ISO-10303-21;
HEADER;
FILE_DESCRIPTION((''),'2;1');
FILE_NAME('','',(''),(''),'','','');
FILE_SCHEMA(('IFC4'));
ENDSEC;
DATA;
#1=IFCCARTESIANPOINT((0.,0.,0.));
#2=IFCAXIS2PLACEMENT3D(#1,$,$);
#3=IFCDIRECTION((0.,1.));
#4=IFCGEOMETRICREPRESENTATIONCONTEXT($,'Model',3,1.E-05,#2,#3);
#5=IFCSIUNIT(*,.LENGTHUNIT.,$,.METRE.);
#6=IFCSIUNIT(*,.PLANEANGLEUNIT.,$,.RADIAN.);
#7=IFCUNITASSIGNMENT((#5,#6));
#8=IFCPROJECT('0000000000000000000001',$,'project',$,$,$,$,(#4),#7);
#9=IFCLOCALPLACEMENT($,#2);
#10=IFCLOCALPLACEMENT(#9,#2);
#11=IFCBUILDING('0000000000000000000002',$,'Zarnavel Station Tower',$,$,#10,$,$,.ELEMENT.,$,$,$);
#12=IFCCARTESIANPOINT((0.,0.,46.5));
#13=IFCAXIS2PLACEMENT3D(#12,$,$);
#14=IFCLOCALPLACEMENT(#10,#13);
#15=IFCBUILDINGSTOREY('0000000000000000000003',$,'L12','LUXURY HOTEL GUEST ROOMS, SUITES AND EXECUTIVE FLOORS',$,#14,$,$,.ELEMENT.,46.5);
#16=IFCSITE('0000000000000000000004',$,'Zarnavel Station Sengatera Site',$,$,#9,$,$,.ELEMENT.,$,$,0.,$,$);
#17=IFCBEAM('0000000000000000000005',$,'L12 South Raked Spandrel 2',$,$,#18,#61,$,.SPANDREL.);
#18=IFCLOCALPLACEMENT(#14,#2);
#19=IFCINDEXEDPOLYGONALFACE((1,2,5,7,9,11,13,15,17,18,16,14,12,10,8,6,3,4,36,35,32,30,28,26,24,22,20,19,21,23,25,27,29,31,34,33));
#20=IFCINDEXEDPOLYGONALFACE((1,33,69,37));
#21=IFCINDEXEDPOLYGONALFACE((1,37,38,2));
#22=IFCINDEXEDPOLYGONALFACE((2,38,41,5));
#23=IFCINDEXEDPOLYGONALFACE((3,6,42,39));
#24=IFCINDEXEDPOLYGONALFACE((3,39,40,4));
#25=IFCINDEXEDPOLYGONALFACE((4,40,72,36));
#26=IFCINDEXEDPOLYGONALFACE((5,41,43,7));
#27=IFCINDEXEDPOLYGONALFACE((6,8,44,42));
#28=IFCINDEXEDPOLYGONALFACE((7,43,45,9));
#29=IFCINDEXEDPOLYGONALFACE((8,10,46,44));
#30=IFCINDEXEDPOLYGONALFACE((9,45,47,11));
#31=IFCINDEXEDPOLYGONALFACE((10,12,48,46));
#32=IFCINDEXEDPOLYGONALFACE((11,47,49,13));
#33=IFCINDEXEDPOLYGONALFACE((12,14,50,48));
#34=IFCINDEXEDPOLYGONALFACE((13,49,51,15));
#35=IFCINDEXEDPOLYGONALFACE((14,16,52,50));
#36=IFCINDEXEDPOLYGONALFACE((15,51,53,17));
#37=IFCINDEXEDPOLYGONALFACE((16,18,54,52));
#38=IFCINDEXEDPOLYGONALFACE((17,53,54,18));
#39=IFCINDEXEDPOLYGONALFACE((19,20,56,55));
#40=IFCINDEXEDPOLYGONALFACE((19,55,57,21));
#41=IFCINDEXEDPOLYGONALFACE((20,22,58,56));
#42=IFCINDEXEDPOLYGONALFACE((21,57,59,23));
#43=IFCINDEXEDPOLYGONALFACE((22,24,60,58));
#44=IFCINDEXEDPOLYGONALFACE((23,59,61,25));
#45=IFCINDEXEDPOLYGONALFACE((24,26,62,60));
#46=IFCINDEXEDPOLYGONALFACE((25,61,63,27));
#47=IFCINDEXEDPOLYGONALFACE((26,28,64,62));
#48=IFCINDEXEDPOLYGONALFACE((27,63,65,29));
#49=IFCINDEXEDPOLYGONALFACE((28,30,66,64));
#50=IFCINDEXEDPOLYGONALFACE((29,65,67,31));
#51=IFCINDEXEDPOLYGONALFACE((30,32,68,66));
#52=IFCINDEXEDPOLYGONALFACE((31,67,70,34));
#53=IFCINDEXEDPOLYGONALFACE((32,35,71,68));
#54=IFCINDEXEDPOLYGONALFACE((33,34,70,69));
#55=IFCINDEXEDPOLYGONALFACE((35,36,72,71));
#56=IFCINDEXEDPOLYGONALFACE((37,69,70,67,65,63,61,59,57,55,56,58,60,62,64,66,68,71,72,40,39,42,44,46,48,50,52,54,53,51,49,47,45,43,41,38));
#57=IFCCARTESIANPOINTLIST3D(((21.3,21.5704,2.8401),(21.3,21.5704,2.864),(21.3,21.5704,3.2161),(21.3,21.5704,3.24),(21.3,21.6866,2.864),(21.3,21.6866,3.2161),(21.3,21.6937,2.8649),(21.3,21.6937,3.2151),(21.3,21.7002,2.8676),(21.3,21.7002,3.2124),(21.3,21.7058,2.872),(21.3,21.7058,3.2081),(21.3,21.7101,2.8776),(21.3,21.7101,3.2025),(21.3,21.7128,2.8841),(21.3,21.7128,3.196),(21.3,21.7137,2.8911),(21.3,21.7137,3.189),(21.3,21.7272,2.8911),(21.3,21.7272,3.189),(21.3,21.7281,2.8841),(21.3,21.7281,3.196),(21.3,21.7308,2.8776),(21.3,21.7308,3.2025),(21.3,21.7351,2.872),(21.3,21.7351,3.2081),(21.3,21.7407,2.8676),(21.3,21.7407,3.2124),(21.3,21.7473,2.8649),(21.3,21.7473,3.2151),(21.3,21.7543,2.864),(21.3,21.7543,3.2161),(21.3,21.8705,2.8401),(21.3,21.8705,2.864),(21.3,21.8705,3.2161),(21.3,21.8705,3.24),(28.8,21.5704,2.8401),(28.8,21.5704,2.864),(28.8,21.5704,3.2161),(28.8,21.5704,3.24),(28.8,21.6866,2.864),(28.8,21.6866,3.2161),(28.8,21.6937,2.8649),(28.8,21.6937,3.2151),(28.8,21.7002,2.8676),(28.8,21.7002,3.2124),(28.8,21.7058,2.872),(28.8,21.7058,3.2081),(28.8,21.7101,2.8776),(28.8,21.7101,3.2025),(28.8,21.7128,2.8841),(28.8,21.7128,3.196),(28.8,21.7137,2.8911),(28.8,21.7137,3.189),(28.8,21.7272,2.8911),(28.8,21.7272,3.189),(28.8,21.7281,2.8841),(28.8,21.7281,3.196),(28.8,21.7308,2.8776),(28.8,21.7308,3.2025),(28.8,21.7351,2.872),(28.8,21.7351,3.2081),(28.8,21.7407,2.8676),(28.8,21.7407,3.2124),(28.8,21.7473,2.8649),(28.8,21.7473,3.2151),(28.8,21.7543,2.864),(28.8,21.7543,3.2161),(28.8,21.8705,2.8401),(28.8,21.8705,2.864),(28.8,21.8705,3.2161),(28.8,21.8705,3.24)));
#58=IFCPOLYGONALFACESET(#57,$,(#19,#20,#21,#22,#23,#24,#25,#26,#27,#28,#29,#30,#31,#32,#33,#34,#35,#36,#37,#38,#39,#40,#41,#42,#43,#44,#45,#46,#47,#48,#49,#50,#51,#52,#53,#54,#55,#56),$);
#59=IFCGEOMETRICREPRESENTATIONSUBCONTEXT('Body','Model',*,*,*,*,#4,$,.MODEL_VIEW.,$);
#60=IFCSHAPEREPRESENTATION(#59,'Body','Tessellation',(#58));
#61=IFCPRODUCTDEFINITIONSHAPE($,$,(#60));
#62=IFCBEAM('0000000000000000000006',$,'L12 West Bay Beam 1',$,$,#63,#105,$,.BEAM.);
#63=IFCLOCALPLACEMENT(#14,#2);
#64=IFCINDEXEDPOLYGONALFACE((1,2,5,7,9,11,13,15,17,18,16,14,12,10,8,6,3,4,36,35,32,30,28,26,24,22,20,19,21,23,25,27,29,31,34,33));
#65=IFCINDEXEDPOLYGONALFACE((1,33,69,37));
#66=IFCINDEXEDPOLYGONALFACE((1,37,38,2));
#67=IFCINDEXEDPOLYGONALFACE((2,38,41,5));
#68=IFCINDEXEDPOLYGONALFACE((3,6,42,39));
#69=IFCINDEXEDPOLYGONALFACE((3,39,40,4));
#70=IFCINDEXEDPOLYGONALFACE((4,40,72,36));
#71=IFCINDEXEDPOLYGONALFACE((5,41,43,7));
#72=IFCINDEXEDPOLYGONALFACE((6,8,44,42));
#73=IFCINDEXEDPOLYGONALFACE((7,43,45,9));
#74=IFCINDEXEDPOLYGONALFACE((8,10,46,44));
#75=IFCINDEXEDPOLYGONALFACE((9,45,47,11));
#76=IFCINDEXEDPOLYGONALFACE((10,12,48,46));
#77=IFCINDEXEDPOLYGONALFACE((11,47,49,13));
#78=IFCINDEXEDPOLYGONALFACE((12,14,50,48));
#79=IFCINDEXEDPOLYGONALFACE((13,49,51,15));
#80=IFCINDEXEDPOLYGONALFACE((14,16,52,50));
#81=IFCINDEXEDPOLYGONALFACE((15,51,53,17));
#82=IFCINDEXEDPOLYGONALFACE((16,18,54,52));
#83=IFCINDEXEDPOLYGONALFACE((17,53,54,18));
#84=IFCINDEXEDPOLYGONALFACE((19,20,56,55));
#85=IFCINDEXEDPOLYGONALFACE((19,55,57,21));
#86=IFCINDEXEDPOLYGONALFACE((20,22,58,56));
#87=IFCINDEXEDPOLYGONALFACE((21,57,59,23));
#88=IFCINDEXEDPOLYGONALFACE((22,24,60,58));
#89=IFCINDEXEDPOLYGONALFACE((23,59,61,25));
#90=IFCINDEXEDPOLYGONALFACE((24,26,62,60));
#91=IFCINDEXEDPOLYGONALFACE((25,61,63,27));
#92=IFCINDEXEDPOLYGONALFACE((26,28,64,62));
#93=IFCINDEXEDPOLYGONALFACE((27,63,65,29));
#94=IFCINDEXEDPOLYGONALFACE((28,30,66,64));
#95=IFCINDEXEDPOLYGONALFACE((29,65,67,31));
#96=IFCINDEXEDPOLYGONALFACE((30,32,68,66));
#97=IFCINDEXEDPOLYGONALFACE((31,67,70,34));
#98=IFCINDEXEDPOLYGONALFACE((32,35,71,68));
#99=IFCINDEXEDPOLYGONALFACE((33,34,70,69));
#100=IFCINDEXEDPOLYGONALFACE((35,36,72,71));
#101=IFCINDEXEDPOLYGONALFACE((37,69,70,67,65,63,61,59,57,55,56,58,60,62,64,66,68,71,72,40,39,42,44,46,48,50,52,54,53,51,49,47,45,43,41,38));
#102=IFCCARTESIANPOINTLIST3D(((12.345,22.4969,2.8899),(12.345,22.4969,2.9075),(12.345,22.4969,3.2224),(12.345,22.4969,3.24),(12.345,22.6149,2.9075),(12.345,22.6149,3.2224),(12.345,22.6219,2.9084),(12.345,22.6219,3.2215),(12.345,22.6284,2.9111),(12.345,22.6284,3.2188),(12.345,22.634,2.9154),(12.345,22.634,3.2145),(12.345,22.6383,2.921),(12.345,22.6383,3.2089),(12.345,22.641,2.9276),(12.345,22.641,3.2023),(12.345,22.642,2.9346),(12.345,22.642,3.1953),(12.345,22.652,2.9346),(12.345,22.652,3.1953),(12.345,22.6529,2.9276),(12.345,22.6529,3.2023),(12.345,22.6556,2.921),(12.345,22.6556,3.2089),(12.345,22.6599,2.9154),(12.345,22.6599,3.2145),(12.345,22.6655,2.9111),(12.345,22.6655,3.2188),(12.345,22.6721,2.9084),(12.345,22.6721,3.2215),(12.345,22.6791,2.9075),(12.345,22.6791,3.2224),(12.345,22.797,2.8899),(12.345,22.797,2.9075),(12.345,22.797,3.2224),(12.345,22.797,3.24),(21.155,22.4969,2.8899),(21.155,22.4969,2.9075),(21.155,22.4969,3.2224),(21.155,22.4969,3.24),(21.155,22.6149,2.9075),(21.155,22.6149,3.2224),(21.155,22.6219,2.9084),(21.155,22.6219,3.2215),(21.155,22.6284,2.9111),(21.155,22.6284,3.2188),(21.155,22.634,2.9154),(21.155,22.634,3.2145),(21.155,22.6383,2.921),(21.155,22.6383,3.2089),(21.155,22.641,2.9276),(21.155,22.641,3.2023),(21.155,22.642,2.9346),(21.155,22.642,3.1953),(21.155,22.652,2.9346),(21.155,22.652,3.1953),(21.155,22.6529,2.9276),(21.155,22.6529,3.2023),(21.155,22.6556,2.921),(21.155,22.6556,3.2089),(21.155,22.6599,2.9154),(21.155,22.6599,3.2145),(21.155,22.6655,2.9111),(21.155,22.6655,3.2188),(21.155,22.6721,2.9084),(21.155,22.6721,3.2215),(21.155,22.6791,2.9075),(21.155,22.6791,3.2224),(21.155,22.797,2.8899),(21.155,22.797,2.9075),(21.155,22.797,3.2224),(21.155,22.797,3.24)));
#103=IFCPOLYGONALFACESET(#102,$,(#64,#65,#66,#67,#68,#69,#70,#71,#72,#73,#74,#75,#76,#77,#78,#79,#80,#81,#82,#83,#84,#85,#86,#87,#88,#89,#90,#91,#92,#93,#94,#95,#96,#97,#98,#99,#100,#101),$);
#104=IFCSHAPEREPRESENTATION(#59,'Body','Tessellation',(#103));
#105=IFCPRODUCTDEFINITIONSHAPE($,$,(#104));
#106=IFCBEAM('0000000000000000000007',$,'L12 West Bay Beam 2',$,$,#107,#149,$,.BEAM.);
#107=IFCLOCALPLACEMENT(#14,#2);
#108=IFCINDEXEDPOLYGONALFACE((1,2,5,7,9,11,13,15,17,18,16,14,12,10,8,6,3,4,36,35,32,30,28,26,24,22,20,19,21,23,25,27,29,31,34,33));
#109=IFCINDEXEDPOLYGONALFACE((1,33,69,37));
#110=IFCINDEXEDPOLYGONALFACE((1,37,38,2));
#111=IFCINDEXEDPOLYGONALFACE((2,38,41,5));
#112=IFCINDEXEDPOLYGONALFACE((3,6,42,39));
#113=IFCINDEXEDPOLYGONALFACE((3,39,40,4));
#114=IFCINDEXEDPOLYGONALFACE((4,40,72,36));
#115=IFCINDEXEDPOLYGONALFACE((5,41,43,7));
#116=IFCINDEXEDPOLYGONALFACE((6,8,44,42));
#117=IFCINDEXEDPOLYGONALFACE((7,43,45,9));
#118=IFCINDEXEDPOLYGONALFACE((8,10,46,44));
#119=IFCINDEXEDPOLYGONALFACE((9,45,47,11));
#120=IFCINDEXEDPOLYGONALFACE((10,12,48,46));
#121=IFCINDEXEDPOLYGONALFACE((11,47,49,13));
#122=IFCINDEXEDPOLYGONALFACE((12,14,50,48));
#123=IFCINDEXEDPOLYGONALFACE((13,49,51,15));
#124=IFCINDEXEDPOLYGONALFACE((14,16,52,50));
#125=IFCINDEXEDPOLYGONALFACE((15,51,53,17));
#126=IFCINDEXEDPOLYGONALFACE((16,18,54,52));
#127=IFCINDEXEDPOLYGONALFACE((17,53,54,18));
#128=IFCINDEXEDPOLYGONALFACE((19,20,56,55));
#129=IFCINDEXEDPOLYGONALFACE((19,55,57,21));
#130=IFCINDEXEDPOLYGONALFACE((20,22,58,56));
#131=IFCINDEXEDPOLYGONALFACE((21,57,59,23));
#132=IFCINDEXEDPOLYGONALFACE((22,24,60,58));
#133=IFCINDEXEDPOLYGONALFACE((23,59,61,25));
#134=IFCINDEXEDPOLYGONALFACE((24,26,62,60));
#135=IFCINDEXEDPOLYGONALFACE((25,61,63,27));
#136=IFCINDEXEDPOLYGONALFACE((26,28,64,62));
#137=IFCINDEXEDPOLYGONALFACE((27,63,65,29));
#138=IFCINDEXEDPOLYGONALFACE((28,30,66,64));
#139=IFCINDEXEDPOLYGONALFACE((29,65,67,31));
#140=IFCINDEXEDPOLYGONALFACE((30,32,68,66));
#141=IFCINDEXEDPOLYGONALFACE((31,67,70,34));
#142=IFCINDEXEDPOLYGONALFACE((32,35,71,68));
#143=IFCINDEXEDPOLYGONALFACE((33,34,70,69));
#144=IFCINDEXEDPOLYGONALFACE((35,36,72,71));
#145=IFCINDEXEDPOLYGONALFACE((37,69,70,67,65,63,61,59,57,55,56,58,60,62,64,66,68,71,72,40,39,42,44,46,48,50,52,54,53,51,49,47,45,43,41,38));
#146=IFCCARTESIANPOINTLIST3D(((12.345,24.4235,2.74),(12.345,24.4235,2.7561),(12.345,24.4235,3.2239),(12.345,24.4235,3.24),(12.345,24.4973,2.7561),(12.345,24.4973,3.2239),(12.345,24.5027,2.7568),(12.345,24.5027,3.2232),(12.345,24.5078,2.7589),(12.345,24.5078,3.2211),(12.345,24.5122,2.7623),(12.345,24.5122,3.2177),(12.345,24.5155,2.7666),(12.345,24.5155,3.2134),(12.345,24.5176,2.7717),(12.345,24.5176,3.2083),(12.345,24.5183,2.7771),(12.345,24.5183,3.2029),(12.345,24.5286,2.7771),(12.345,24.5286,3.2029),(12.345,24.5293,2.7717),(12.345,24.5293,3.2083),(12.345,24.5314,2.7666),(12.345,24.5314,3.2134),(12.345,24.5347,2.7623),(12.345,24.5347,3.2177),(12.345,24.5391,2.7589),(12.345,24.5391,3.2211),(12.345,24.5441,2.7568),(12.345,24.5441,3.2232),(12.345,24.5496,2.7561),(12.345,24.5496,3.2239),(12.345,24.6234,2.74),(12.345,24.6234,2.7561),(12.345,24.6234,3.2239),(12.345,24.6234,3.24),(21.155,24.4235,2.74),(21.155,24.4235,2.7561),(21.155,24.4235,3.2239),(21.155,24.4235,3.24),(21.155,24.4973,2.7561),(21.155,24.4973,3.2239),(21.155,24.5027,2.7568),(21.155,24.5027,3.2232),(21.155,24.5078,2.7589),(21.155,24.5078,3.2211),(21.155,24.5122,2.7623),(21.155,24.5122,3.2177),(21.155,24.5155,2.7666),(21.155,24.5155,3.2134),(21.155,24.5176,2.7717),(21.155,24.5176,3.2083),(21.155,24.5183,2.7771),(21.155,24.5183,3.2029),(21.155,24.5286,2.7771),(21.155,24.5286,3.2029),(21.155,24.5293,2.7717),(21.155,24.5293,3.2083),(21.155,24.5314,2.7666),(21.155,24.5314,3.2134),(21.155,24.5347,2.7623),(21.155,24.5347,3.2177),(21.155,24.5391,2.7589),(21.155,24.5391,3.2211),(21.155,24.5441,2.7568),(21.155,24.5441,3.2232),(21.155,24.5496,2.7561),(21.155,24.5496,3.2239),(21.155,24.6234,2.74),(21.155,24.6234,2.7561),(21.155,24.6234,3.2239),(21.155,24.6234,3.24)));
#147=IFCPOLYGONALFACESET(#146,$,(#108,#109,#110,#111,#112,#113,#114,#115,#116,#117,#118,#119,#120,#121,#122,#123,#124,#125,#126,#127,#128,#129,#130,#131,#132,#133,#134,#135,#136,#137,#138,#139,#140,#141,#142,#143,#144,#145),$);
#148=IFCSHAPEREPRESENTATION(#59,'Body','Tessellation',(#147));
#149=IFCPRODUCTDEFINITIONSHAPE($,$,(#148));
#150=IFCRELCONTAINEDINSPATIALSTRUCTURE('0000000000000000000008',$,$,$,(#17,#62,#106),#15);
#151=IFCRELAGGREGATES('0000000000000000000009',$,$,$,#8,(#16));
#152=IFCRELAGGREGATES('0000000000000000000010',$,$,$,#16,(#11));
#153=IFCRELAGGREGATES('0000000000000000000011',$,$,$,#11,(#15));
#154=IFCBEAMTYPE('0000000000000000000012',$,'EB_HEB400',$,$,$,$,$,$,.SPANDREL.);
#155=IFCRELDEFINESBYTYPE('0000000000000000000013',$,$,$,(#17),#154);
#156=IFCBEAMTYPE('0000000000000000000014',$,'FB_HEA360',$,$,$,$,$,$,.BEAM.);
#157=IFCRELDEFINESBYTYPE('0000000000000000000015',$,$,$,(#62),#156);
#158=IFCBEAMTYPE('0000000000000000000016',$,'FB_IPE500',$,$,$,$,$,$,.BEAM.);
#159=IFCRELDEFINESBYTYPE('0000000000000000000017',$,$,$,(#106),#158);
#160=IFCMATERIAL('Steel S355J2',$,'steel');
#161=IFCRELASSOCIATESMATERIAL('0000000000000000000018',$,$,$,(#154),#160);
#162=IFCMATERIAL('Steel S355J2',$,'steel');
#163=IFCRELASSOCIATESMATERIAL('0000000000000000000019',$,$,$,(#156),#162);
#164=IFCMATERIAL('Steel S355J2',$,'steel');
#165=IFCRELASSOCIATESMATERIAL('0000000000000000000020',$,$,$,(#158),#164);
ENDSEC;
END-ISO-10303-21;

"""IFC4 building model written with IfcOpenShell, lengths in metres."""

from ifc_helpers import new_model, si_unit, direction, frame, origin, origin_2d, place, context, subcontext, project, spatial, i_section, extrude, material, material_profile, profile_set, type_object, element, save


model = new_model("IFC4")

# Units and contexts
model_context = context("Model", 3, precision=1e-05, world=origin(), true_north=direction((0.0, 1.0)))
body_context = subcontext(model_context, "Body", "Model", "MODEL_VIEW")
ifc_project = project(units=[si_unit("LENGTHUNIT", "METRE"), si_unit("PLANEANGLEUNIT", "RADIAN")], contexts=[model_context])

# Site, building, storey
site_placement = place(None, origin())
site = spatial("IfcSite", under=ifc_project, at=site_placement, Name="Zarnavel Station Sengatera Site", CompositionType="ELEMENT", RefElevation=0.0)
building_placement = place(site_placement, origin())
building = spatial("IfcBuilding", under=site, at=building_placement, Name="Zarnavel Station Tower", CompositionType="ELEMENT")
storey_placement = place(building_placement, frame((0.0, 0.0, 46.5)))
storey = spatial("IfcBuildingStorey", under=building, at=storey_placement, Name="L12", Description="LUXURY HOTEL GUEST ROOMS, SUITES AND EXECUTIVE FLOORS", CompositionType="ELEMENT", Elevation=46.5)

# Beams
ifc_material_1 = material(Name="Steel S355J2", Category="steel")
ifc_material_profile_1 = material_profile(ifc_material_1, i_section(OverallWidth=0.3, OverallDepth=0.3999, WebThickness=0.0134, FlangeThickness=0.0239, FilletRadius=0.0271, at=origin_2d()), Name="HEB400")
ifc_profile_set_1 = profile_set([ifc_material_profile_1], Name="Steel S355J2")
beam_type_1 = type_object("IfcBeamType", Name="EB_HEB400", PredefinedType="SPANDREL", material=ifc_profile_set_1)
beam_1_placement = place(storey_placement, frame((21.3, 21.7205, 3.04), z_axis=(1.0, 0.0, 0.0), x_axis=(0.0, 1.0, 0.0)))
element("IfcBeam", 1, at=beam_1_placement, inside=storey, type_object=beam_type_1, Name="L12 South Raked Spandrel 2", PredefinedType="SPANDREL", context=body_context, shape_type="SweptSolid", body=[
    extrude(i_section(OverallWidth=0.3, OverallDepth=0.3999, WebThickness=0.0134, FlangeThickness=0.0239, FilletRadius=0.0271, at=origin_2d()), origin(), (0.0, 0.0, 1.0), 7.5),
])
ifc_material_2 = material(Name="Steel S355J2", Category="steel")
ifc_material_profile_2 = material_profile(ifc_material_2, i_section(OverallWidth=0.3, OverallDepth=0.3501, WebThickness=0.01, FlangeThickness=0.0176, FilletRadius=0.0271, at=origin_2d()), Name="HEA360")
ifc_profile_set_2 = profile_set([ifc_material_profile_2], Name="Steel S355J2")
beam_type_2 = type_object("IfcBeamType", Name="FB_HEA360", PredefinedType="BEAM", material=ifc_profile_set_2)
beam_2_placement = place(storey_placement, frame((12.345, 22.647, 3.0649), z_axis=(1.0, 0.0, 0.0), x_axis=(0.0, 1.0, 0.0)))
element("IfcBeam", 2, at=beam_2_placement, inside=storey, type_object=beam_type_2, Name="L12 West Bay Beam 1", PredefinedType="BEAM", context=body_context, shape_type="SweptSolid", body=[
    extrude(i_section(OverallWidth=0.3, OverallDepth=0.3501, WebThickness=0.01, FlangeThickness=0.0176, FilletRadius=0.0271, at=origin_2d()), origin(), (0.0, 0.0, 1.0), 8.8101),
])
ifc_material_3 = material(Name="Steel S355J2", Category="steel")
ifc_material_profile_3 = material_profile(ifc_material_3, i_section(OverallWidth=0.2, OverallDepth=0.5, WebThickness=0.0103, FlangeThickness=0.0161, FilletRadius=0.021, at=origin_2d()), Name="IPE500")
ifc_profile_set_3 = profile_set([ifc_material_profile_3], Name="Steel S355J2")
beam_type_3 = type_object("IfcBeamType", Name="FB_IPE500", PredefinedType="BEAM", material=ifc_profile_set_3)
beam_3_placement = place(storey_placement, frame((12.345, 24.5234, 2.99), z_axis=(1.0, 0.0, 0.0), x_axis=(0.0, 1.0, 0.0)))
element("IfcBeam", 3, at=beam_3_placement, inside=storey, type_object=beam_type_3, Name="L12 West Bay Beam 2", PredefinedType="BEAM", context=body_context, shape_type="SweptSolid", body=[
    extrude(i_section(OverallWidth=0.2, OverallDepth=0.5, WebThickness=0.0103, FlangeThickness=0.0161, FilletRadius=0.021, at=origin_2d()), origin(), (0.0, 0.0, 1.0), 8.8101),
])

save(model, "model.ifc")
